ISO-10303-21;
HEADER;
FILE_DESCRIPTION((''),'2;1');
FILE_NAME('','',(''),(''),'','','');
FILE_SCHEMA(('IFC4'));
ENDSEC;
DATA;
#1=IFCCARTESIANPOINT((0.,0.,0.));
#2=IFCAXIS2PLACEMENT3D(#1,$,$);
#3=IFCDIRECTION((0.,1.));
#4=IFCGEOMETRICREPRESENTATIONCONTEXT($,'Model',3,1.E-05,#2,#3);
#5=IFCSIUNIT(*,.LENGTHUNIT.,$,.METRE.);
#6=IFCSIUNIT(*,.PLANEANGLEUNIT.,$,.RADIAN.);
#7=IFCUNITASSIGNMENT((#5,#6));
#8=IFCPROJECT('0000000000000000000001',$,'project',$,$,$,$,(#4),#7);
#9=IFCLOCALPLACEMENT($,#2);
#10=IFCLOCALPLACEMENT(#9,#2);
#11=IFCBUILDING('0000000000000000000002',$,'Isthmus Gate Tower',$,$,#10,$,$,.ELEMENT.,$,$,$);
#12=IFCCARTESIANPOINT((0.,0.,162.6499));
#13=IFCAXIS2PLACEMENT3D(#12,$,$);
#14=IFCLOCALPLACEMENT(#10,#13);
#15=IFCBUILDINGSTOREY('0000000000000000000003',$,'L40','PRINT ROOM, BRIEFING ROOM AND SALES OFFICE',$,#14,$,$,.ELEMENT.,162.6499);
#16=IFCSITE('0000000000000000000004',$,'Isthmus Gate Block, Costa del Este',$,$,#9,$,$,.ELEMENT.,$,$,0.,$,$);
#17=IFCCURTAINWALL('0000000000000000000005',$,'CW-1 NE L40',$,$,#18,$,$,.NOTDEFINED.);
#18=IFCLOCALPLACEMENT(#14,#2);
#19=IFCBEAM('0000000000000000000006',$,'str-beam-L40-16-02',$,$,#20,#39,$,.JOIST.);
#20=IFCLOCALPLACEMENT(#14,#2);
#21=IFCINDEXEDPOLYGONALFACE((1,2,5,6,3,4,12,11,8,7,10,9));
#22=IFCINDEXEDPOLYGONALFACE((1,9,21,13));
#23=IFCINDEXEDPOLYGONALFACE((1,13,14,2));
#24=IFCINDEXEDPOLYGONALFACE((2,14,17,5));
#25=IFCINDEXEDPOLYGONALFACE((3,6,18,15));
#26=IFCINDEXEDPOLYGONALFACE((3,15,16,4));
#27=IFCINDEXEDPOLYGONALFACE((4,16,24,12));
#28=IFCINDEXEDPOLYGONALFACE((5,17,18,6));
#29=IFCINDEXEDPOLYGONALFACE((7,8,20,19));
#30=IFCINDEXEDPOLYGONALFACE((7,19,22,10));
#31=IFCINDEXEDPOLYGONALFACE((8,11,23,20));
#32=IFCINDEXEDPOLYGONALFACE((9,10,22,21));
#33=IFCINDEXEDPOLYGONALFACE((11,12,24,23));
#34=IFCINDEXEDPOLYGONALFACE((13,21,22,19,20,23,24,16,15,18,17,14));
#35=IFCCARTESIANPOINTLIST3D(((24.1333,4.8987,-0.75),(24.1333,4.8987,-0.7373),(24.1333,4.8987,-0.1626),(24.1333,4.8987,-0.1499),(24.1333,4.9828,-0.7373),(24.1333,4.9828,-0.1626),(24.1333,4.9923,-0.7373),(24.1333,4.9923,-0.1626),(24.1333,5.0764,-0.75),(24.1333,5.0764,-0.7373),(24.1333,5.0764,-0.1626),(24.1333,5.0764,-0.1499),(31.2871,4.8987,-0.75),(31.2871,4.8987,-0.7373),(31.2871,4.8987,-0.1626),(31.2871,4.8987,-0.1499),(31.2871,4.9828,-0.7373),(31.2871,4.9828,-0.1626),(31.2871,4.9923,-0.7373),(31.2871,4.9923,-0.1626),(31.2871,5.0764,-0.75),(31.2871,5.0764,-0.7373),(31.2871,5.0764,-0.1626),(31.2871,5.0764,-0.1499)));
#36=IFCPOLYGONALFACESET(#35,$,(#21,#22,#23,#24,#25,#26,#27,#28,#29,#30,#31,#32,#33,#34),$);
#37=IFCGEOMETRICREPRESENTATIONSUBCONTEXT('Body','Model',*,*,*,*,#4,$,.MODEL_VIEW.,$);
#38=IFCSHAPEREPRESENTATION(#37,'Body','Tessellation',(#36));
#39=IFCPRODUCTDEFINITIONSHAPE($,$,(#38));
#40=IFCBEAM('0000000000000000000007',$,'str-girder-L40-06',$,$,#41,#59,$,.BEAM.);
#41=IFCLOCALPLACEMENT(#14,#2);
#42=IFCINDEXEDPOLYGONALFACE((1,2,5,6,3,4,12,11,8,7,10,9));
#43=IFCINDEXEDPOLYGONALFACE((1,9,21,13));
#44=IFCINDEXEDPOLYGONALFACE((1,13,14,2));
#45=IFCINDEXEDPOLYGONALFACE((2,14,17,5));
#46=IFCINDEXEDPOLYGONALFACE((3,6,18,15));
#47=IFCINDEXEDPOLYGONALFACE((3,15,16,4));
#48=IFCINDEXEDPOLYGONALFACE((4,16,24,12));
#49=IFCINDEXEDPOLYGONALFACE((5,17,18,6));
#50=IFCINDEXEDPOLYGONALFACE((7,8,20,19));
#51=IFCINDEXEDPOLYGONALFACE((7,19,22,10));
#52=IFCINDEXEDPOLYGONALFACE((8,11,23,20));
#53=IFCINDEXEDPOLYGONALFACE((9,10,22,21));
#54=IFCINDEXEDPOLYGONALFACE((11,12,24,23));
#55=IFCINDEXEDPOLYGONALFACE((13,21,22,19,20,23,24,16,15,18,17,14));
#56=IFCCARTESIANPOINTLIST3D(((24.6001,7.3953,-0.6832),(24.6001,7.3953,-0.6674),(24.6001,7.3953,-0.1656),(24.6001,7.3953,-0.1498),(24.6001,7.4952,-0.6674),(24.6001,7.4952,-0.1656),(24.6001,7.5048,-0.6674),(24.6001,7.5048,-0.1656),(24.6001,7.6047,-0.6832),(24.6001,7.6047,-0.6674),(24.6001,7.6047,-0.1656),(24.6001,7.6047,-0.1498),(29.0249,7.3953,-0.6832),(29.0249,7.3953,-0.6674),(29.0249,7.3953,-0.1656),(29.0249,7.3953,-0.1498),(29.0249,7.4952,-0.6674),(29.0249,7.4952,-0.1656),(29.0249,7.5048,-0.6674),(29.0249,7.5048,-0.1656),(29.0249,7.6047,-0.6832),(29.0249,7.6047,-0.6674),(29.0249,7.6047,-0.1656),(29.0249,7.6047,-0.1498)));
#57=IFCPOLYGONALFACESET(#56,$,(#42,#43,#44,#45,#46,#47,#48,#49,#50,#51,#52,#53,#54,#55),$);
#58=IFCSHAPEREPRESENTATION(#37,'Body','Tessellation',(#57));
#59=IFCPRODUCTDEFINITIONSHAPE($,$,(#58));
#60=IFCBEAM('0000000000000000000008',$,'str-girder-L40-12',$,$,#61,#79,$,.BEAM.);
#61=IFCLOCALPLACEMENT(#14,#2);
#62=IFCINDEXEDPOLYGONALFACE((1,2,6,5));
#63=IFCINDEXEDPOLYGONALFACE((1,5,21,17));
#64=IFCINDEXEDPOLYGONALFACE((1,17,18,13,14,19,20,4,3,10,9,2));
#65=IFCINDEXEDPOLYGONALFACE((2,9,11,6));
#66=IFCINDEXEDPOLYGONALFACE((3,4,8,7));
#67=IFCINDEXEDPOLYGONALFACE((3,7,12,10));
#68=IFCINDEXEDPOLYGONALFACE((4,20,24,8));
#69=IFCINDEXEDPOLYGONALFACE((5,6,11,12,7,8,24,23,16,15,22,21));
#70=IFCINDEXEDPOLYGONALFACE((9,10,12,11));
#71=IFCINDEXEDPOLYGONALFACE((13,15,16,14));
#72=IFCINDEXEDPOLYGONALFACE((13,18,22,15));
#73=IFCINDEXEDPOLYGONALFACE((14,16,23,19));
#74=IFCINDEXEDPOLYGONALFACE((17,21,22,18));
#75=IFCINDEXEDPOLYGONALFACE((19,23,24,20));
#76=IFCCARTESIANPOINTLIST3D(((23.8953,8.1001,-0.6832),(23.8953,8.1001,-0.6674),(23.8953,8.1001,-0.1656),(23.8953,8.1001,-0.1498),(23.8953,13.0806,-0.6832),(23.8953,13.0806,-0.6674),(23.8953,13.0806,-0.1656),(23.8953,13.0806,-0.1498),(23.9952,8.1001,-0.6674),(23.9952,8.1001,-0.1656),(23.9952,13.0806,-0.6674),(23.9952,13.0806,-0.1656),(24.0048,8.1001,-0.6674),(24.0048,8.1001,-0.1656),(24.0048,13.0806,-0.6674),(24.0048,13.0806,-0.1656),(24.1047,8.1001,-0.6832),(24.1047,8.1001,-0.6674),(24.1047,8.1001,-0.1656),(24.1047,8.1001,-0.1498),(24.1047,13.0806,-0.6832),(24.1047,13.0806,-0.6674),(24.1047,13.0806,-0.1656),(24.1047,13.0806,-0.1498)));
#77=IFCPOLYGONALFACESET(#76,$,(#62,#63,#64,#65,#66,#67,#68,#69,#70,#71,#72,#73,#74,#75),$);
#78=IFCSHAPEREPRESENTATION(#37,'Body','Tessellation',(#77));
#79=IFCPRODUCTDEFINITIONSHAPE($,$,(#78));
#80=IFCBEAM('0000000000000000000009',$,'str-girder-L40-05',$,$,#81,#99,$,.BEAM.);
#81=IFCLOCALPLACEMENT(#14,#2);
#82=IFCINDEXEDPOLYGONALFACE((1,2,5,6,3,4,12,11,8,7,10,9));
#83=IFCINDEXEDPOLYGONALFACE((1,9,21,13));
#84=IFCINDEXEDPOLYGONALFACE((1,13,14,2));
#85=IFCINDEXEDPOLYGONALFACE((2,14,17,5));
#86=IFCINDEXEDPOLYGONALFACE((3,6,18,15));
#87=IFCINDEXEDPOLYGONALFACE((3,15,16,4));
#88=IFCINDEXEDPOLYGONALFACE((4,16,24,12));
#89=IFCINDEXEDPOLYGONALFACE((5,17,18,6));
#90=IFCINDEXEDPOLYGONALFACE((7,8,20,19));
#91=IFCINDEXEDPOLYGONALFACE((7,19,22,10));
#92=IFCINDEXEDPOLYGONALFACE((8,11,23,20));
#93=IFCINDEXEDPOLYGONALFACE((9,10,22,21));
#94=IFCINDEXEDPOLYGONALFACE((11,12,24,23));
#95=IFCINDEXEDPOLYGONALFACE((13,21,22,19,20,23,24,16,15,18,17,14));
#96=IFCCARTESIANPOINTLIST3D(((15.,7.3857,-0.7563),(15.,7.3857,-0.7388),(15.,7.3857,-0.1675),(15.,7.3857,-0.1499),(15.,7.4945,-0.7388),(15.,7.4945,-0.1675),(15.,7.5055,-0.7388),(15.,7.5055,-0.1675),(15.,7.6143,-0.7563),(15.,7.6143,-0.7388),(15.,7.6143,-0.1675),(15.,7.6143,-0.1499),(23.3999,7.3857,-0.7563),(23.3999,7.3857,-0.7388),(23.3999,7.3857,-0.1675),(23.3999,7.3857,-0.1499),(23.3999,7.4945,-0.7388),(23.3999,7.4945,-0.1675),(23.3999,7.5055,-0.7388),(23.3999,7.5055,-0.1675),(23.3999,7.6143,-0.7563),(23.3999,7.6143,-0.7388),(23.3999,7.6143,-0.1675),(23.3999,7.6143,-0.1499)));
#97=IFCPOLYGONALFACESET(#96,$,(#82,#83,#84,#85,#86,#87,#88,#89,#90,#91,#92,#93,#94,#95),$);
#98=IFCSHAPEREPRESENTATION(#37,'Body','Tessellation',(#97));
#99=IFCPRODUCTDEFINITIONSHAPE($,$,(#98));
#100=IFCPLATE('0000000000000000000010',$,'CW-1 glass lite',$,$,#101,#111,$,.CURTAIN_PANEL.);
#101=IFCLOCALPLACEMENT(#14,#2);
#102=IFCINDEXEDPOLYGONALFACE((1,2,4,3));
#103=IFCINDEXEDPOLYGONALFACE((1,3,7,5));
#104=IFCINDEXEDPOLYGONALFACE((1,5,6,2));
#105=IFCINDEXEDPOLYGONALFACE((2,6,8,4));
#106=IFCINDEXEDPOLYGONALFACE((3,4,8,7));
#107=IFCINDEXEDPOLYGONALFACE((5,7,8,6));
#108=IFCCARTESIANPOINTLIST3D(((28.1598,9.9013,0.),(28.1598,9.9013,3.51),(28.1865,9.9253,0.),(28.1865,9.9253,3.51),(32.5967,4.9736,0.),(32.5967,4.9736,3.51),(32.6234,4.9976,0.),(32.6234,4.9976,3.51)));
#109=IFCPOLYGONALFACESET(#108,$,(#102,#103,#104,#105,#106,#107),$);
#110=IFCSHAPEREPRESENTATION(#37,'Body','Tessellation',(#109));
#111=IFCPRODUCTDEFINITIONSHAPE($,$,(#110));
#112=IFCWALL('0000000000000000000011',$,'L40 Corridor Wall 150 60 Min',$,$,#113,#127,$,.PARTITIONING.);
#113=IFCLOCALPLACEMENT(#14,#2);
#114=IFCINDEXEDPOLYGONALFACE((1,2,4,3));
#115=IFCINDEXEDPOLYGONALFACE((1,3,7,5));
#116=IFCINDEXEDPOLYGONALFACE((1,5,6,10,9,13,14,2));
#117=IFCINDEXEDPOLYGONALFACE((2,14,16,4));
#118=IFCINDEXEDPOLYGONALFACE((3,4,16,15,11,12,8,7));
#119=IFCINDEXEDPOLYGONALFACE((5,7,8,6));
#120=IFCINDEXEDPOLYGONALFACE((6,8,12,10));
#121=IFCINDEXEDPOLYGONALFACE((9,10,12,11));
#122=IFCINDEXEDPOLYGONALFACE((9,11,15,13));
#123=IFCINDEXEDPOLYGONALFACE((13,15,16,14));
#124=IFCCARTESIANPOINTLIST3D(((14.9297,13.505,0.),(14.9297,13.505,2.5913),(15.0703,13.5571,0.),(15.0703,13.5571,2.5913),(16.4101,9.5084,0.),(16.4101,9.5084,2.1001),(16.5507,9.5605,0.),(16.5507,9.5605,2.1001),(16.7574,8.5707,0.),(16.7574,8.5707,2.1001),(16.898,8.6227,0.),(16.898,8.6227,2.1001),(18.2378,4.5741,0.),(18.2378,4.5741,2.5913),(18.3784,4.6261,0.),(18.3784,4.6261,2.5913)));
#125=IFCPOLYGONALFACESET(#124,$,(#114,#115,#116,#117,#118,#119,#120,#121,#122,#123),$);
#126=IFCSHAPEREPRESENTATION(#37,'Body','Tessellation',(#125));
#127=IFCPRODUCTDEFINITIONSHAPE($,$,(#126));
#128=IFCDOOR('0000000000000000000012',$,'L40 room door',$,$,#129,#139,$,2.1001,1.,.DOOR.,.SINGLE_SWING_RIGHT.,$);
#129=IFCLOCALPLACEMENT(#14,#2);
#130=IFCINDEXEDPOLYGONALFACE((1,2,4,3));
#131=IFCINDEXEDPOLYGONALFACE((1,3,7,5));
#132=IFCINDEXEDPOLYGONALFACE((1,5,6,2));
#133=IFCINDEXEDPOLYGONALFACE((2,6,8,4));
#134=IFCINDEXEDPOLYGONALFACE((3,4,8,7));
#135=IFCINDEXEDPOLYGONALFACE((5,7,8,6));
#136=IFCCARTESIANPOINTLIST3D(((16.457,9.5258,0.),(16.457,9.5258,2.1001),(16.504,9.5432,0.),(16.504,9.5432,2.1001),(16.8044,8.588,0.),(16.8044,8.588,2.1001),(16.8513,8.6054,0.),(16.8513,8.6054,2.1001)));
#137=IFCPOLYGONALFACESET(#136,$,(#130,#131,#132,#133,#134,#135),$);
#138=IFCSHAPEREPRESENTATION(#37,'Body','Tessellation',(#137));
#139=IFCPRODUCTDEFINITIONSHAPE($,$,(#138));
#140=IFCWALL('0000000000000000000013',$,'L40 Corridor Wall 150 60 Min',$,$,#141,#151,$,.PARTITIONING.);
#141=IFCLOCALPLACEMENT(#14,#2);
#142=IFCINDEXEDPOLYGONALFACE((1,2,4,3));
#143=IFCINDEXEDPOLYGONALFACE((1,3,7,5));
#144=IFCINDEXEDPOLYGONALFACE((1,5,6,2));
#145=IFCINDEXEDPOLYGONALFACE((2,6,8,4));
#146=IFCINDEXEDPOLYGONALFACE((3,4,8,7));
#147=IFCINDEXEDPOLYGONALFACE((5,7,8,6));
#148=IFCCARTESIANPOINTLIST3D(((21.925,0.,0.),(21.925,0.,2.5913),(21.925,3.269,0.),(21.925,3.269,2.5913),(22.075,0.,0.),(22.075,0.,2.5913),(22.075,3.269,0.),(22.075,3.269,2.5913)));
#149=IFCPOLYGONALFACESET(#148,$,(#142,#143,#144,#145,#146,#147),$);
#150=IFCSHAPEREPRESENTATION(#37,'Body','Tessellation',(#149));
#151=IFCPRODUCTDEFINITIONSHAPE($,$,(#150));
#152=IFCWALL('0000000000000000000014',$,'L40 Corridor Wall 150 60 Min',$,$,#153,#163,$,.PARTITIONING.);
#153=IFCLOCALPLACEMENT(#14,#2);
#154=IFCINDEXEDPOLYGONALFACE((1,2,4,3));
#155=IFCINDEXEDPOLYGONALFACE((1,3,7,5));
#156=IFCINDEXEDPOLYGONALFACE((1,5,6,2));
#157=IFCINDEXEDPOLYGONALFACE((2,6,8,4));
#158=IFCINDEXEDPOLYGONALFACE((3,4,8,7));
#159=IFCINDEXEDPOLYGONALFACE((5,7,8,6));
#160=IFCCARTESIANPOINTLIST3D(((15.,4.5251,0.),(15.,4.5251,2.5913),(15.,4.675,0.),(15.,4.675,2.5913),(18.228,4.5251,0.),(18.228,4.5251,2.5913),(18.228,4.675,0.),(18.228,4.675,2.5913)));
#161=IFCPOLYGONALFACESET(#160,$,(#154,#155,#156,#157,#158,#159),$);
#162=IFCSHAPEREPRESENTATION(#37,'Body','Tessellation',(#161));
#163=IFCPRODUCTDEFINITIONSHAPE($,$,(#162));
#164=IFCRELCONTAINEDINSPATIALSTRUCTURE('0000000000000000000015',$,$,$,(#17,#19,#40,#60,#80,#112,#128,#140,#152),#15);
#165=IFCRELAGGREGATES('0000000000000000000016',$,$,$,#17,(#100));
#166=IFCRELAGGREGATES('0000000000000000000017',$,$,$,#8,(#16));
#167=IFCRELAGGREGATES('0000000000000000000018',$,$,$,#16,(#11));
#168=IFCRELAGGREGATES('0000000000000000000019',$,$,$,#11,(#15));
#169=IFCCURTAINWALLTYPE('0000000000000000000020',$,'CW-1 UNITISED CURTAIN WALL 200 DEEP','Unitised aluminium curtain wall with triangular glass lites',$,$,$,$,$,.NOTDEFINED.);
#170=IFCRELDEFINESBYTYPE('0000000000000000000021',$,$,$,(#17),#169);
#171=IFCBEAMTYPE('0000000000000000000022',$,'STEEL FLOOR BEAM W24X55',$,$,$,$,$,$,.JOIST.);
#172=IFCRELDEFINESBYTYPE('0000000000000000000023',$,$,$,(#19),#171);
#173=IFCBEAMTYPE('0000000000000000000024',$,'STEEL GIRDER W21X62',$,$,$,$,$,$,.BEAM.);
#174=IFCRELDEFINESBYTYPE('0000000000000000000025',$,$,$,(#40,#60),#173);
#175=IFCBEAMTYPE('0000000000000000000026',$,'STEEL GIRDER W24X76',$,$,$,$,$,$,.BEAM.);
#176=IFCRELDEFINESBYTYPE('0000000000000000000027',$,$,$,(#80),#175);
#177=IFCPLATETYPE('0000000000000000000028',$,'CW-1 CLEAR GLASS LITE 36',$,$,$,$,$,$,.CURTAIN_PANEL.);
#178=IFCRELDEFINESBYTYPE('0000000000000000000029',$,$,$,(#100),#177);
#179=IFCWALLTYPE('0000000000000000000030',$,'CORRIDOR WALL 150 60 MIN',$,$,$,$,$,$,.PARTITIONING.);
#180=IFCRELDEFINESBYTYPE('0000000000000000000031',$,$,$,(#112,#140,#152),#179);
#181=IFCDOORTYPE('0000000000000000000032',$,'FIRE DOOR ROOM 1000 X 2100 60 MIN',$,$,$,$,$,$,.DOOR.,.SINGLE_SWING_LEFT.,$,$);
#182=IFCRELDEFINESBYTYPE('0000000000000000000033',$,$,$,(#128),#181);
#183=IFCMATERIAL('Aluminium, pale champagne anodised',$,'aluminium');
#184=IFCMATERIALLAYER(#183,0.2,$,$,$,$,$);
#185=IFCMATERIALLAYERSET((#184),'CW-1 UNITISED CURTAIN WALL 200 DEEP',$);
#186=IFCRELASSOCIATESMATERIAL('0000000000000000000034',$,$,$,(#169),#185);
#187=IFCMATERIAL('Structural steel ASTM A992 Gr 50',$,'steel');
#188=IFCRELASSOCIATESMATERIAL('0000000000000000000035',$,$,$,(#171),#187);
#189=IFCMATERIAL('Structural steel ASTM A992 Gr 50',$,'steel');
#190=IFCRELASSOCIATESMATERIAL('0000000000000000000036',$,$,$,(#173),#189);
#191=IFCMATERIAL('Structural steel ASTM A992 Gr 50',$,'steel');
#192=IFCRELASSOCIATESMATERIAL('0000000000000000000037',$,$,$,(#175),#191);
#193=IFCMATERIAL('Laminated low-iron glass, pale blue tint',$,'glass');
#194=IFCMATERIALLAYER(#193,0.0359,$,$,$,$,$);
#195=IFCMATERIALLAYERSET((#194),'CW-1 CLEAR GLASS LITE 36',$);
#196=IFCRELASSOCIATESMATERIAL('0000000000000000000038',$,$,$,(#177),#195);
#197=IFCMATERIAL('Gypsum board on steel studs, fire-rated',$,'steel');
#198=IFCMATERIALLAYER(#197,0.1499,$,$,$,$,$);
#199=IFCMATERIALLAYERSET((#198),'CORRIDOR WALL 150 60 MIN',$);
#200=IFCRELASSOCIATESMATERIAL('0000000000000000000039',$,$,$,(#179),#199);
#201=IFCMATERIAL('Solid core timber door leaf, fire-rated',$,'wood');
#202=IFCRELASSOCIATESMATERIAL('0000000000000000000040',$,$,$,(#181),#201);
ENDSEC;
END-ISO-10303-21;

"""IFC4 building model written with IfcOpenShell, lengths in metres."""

from ifc_helpers import new_model, si_unit, direction, frame, frame_2d, origin, origin_2d, place, context, subcontext, project, spatial, rectangle, i_section, extrude, material, layer, layer_set, material_profile, profile_set, type_object, element, fill, aggregate, save


model = new_model("IFC4")

# Units and contexts
model_context = context("Model", 3, precision=1e-05, world=origin(), true_north=direction((0.0, 1.0)))
body_context = subcontext(model_context, "Body", "Model", "MODEL_VIEW")
ifc_project = project(units=[si_unit("LENGTHUNIT", "METRE"), si_unit("PLANEANGLEUNIT", "RADIAN")], contexts=[model_context])

# Site, building, storey
site_placement = place(None, origin())
site = spatial("IfcSite", under=ifc_project, at=site_placement, Name="Isthmus Gate Block, Costa del Este", CompositionType="ELEMENT", RefElevation=0.0)
building_placement = place(site_placement, origin())
building = spatial("IfcBuilding", under=site, at=building_placement, Name="Isthmus Gate Tower", CompositionType="ELEMENT")
storey_placement = place(building_placement, frame((0.0, 0.0, 162.6499)))
storey = spatial("IfcBuildingStorey", under=building, at=storey_placement, Name="L40", Description="PRINT ROOM, BRIEFING ROOM AND SALES OFFICE", CompositionType="ELEMENT", Elevation=162.6499)

# Curtain wall
ifc_material_1 = material(Name="Aluminium, pale champagne anodised", Category="aluminium")
ifc_layer_1 = layer(ifc_material_1, 0.2)
ifc_layer_set_1 = layer_set([ifc_layer_1], Name="CW-1 UNITISED CURTAIN WALL 200 DEEP")
curtain_wall_type = type_object("IfcCurtainWallType", Name="CW-1 UNITISED CURTAIN WALL 200 DEEP", Description="Unitised aluminium curtain wall with triangular glass lites", PredefinedType="NOTDEFINED", material=ifc_layer_set_1)
curtain_wall_placement = place(storey_placement, origin())
curtain_wall = element("IfcCurtainWall", 1, at=curtain_wall_placement, inside=storey, type_object=curtain_wall_type, Name="CW-1 NE L40", PredefinedType="NOTDEFINED")

# Beams
ifc_material_2 = material(Name="Structural steel ASTM A992 Gr 50", Category="steel")
ifc_material_profile_1 = material_profile(ifc_material_2, i_section(OverallWidth=0.1777, OverallDepth=0.6001, WebThickness=0.0095, FlangeThickness=0.0127, at=origin_2d()), Name="W24X55")
ifc_profile_set_1 = profile_set([ifc_material_profile_1], Name="Structural steel ASTM A992 Gr 50")
beam_type_1 = type_object("IfcBeamType", Name="STEEL FLOOR BEAM W24X55", PredefinedType="JOIST", material=ifc_profile_set_1)
beam_1_placement = place(storey_placement, frame((24.1333, 4.9875, -0.45), z_axis=(1.0, 0.0, 0.0), x_axis=(0.0, 1.0, 0.0)))
element("IfcBeam", 2, at=beam_1_placement, inside=storey, type_object=beam_type_1, Name="str-beam-L40-16-02", PredefinedType="JOIST", context=body_context, shape_type="SweptSolid", body=[
    extrude(i_section(OverallWidth=0.1777, OverallDepth=0.6001, WebThickness=0.0095, FlangeThickness=0.0127, at=origin_2d()), origin(), (0.0, 0.0, 1.0), 7.1538),
])
ifc_material_3 = material(Name="Structural steel ASTM A992 Gr 50", Category="steel")
ifc_material_profile_2 = material_profile(ifc_material_3, i_section(OverallWidth=0.2095, OverallDepth=0.5334, WebThickness=0.0095, FlangeThickness=0.0159, at=origin_2d()), Name="W21X62")
ifc_profile_set_2 = profile_set([ifc_material_profile_2], Name="Structural steel ASTM A992 Gr 50")
beam_type_2 = type_object("IfcBeamType", Name="STEEL GIRDER W21X62", PredefinedType="BEAM", material=ifc_profile_set_2)
beam_2_placement = place(storey_placement, frame((24.6001, 7.5, -0.4165), z_axis=(1.0, 0.0, 0.0), x_axis=(0.0, 1.0, 0.0)))
element("IfcBeam", 3, at=beam_2_placement, inside=storey, type_object=beam_type_2, Name="str-girder-L40-06", PredefinedType="BEAM", context=body_context, shape_type="SweptSolid", body=[
    extrude(i_section(OverallWidth=0.2095, OverallDepth=0.5334, WebThickness=0.0095, FlangeThickness=0.0159, at=origin_2d()), origin(), (0.0, 0.0, 1.0), 4.4248),
])
beam_3_placement = place(storey_placement, frame((24.0, 8.1001, -0.4165), z_axis=(0.0, 1.0, 0.0), x_axis=(-1.0, 0.0, 0.0)))
element("IfcBeam", 4, at=beam_3_placement, inside=storey, type_object=beam_type_2, Name="str-girder-L40-12", PredefinedType="BEAM", context=body_context, shape_type="SweptSolid", body=[
    extrude(i_section(OverallWidth=0.2095, OverallDepth=0.5334, WebThickness=0.0095, FlangeThickness=0.0159, at=origin_2d()), origin(), (0.0, 0.0, 1.0), 4.9805),
])
ifc_material_4 = material(Name="Structural steel ASTM A992 Gr 50", Category="steel")
ifc_material_profile_3 = material_profile(ifc_material_4, i_section(OverallWidth=0.2285, OverallDepth=0.6064, WebThickness=0.011, FlangeThickness=0.0176, at=origin_2d()), Name="W24X76")
ifc_profile_set_3 = profile_set([ifc_material_profile_3], Name="Structural steel ASTM A992 Gr 50")
beam_type_3 = type_object("IfcBeamType", Name="STEEL GIRDER W24X76", PredefinedType="BEAM", material=ifc_profile_set_3)
beam_4_placement = place(storey_placement, frame((15.0, 7.5, -0.4531), z_axis=(1.0, 0.0, 0.0), x_axis=(0.0, 1.0, 0.0)))
element("IfcBeam", 5, at=beam_4_placement, inside=storey, type_object=beam_type_3, Name="str-girder-L40-05", PredefinedType="BEAM", context=body_context, shape_type="SweptSolid", body=[
    extrude(i_section(OverallWidth=0.2285, OverallDepth=0.6064, WebThickness=0.011, FlangeThickness=0.0176, at=origin_2d()), origin(), (0.0, 0.0, 1.0), 8.3999),
])

# Plate
ifc_material_5 = material(Name="Laminated low-iron glass, pale blue tint", Category="glass")
ifc_layer_2 = layer(ifc_material_5, 0.0359)
ifc_layer_set_2 = layer_set([ifc_layer_2], Name="CW-1 CLEAR GLASS LITE 36")
plate_type = type_object("IfcPlateType", Name="CW-1 CLEAR GLASS LITE 36", PredefinedType="CURTAIN_PANEL", material=ifc_layer_set_2)
plate_placement = place(storey_placement, frame((30.3916, 7.4495, 0.0), z_axis=(0.0, 0.0, 1.0), x_axis=(-0.669131, 0.743145, 0.0)))
plate = element("IfcPlate", 6, at=plate_placement, type_object=plate_type, Name="CW-1 glass lite", PredefinedType="CURTAIN_PANEL", context=body_context, shape_type="SweptSolid", body=[
    extrude(rectangle(XDim=6.6309, YDim=0.0359, at=origin_2d()), origin(), (0.0, 0.0, 1.0), 3.51),
])
aggregate(curtain_wall, [plate])

# Wall, opening, door
ifc_material_6 = material(Name="Gypsum board on steel studs, fire-rated", Category="steel")
ifc_layer_3 = layer(ifc_material_6, 0.1499)
ifc_layer_set_3 = layer_set([ifc_layer_3], Name="CORRIDOR WALL 150 60 MIN")
wall_type_1 = type_object("IfcWallType", Name="CORRIDOR WALL 150 60 MIN", PredefinedType="PARTITIONING", material=ifc_layer_set_3)
wall_1_placement = place(storey_placement, frame((18.3081, 4.6001, 0.0), z_axis=(0.0, 0.0, 1.0), x_axis=(-0.347348, 0.937736, 0.0)))
wall_1 = element("IfcWall", 7, at=wall_1_placement, inside=storey, type_object=wall_type_1, Name="L40 Corridor Wall 150 60 Min", PredefinedType="PARTITIONING", context=body_context, shape_type="SweptSolid", body=[
    extrude(rectangle(XDim=9.5239, YDim=0.1499, at=frame_2d((4.762, 0.0))), origin(), (0.0, 0.0, 1.0), 2.5913),
])
opening_1_placement = place(wall_1_placement, frame((4.262, 0.0, 0.0)))
opening_1 = element("IfcOpeningElement", 8, at=opening_1_placement, cuts=wall_1, PredefinedType="OPENING", context=body_context, shape_type="SweptSolid", body=[
    extrude(rectangle(XDim=1.0, YDim=2.1001, at=frame_2d((0.5, 1.05))), frame((0.0, 0.085, 0.0), z_axis=(0.0, -1.0, 0.0), x_axis=(1.0, 0.0, 0.0)), (0.0, 0.0, 1.0), 0.1699),
])
ifc_material_7 = material(Name="Solid core timber door leaf, fire-rated", Category="wood")
door_type = type_object("IfcDoorType", Name="FIRE DOOR ROOM 1000 X 2100 60 MIN", OperationType="SINGLE_SWING_LEFT", PredefinedType="DOOR", material=ifc_material_7)
door_1_placement = place(opening_1_placement, origin())
door_1 = element("IfcDoor", 9, at=door_1_placement, inside=storey, type_object=door_type, Name="L40 room door", OperationType="SINGLE_SWING_RIGHT", OverallHeight=2.1001, OverallWidth=1.0, PredefinedType="DOOR", context=body_context, shape_type="SweptSolid", body=[
    extrude(rectangle(XDim=1.0, YDim=2.1001, at=frame_2d((0.5, 1.05))), frame((0.0, 0.0249, 0.0), z_axis=(0.0, -1.0, 0.0), x_axis=(1.0, 0.0, 0.0)), (0.0, 0.0, 1.0), 0.05),
])
fill(opening_1, door_1)

# Walls
wall_2_placement = place(storey_placement, frame((22.0, 3.269, 0.0), z_axis=(0.0, 0.0, 1.0), x_axis=(0.0, -1.0, 0.0)))
element("IfcWall", 10, at=wall_2_placement, inside=storey, type_object=wall_type_1, Name="L40 Corridor Wall 150 60 Min", PredefinedType="PARTITIONING", context=body_context, shape_type="SweptSolid", body=[
    extrude(rectangle(XDim=3.269, YDim=0.1499, at=frame_2d((1.6345, 0.0))), origin(), (0.0, 0.0, 1.0), 2.5913),
])
wall_3_placement = place(storey_placement, frame((15.0, 4.6001, 0.0), z_axis=(0.0, 0.0, 1.0), x_axis=(1.0, 0.0, 0.0)))
element("IfcWall", 11, at=wall_3_placement, inside=storey, type_object=wall_type_1, Name="L40 Corridor Wall 150 60 Min", PredefinedType="PARTITIONING", context=body_context, shape_type="SweptSolid", body=[
    extrude(rectangle(XDim=3.228, YDim=0.1499, at=frame_2d((1.614, 0.0))), origin(), (0.0, 0.0, 1.0), 2.5913),
])

save(model, "model.ifc")
